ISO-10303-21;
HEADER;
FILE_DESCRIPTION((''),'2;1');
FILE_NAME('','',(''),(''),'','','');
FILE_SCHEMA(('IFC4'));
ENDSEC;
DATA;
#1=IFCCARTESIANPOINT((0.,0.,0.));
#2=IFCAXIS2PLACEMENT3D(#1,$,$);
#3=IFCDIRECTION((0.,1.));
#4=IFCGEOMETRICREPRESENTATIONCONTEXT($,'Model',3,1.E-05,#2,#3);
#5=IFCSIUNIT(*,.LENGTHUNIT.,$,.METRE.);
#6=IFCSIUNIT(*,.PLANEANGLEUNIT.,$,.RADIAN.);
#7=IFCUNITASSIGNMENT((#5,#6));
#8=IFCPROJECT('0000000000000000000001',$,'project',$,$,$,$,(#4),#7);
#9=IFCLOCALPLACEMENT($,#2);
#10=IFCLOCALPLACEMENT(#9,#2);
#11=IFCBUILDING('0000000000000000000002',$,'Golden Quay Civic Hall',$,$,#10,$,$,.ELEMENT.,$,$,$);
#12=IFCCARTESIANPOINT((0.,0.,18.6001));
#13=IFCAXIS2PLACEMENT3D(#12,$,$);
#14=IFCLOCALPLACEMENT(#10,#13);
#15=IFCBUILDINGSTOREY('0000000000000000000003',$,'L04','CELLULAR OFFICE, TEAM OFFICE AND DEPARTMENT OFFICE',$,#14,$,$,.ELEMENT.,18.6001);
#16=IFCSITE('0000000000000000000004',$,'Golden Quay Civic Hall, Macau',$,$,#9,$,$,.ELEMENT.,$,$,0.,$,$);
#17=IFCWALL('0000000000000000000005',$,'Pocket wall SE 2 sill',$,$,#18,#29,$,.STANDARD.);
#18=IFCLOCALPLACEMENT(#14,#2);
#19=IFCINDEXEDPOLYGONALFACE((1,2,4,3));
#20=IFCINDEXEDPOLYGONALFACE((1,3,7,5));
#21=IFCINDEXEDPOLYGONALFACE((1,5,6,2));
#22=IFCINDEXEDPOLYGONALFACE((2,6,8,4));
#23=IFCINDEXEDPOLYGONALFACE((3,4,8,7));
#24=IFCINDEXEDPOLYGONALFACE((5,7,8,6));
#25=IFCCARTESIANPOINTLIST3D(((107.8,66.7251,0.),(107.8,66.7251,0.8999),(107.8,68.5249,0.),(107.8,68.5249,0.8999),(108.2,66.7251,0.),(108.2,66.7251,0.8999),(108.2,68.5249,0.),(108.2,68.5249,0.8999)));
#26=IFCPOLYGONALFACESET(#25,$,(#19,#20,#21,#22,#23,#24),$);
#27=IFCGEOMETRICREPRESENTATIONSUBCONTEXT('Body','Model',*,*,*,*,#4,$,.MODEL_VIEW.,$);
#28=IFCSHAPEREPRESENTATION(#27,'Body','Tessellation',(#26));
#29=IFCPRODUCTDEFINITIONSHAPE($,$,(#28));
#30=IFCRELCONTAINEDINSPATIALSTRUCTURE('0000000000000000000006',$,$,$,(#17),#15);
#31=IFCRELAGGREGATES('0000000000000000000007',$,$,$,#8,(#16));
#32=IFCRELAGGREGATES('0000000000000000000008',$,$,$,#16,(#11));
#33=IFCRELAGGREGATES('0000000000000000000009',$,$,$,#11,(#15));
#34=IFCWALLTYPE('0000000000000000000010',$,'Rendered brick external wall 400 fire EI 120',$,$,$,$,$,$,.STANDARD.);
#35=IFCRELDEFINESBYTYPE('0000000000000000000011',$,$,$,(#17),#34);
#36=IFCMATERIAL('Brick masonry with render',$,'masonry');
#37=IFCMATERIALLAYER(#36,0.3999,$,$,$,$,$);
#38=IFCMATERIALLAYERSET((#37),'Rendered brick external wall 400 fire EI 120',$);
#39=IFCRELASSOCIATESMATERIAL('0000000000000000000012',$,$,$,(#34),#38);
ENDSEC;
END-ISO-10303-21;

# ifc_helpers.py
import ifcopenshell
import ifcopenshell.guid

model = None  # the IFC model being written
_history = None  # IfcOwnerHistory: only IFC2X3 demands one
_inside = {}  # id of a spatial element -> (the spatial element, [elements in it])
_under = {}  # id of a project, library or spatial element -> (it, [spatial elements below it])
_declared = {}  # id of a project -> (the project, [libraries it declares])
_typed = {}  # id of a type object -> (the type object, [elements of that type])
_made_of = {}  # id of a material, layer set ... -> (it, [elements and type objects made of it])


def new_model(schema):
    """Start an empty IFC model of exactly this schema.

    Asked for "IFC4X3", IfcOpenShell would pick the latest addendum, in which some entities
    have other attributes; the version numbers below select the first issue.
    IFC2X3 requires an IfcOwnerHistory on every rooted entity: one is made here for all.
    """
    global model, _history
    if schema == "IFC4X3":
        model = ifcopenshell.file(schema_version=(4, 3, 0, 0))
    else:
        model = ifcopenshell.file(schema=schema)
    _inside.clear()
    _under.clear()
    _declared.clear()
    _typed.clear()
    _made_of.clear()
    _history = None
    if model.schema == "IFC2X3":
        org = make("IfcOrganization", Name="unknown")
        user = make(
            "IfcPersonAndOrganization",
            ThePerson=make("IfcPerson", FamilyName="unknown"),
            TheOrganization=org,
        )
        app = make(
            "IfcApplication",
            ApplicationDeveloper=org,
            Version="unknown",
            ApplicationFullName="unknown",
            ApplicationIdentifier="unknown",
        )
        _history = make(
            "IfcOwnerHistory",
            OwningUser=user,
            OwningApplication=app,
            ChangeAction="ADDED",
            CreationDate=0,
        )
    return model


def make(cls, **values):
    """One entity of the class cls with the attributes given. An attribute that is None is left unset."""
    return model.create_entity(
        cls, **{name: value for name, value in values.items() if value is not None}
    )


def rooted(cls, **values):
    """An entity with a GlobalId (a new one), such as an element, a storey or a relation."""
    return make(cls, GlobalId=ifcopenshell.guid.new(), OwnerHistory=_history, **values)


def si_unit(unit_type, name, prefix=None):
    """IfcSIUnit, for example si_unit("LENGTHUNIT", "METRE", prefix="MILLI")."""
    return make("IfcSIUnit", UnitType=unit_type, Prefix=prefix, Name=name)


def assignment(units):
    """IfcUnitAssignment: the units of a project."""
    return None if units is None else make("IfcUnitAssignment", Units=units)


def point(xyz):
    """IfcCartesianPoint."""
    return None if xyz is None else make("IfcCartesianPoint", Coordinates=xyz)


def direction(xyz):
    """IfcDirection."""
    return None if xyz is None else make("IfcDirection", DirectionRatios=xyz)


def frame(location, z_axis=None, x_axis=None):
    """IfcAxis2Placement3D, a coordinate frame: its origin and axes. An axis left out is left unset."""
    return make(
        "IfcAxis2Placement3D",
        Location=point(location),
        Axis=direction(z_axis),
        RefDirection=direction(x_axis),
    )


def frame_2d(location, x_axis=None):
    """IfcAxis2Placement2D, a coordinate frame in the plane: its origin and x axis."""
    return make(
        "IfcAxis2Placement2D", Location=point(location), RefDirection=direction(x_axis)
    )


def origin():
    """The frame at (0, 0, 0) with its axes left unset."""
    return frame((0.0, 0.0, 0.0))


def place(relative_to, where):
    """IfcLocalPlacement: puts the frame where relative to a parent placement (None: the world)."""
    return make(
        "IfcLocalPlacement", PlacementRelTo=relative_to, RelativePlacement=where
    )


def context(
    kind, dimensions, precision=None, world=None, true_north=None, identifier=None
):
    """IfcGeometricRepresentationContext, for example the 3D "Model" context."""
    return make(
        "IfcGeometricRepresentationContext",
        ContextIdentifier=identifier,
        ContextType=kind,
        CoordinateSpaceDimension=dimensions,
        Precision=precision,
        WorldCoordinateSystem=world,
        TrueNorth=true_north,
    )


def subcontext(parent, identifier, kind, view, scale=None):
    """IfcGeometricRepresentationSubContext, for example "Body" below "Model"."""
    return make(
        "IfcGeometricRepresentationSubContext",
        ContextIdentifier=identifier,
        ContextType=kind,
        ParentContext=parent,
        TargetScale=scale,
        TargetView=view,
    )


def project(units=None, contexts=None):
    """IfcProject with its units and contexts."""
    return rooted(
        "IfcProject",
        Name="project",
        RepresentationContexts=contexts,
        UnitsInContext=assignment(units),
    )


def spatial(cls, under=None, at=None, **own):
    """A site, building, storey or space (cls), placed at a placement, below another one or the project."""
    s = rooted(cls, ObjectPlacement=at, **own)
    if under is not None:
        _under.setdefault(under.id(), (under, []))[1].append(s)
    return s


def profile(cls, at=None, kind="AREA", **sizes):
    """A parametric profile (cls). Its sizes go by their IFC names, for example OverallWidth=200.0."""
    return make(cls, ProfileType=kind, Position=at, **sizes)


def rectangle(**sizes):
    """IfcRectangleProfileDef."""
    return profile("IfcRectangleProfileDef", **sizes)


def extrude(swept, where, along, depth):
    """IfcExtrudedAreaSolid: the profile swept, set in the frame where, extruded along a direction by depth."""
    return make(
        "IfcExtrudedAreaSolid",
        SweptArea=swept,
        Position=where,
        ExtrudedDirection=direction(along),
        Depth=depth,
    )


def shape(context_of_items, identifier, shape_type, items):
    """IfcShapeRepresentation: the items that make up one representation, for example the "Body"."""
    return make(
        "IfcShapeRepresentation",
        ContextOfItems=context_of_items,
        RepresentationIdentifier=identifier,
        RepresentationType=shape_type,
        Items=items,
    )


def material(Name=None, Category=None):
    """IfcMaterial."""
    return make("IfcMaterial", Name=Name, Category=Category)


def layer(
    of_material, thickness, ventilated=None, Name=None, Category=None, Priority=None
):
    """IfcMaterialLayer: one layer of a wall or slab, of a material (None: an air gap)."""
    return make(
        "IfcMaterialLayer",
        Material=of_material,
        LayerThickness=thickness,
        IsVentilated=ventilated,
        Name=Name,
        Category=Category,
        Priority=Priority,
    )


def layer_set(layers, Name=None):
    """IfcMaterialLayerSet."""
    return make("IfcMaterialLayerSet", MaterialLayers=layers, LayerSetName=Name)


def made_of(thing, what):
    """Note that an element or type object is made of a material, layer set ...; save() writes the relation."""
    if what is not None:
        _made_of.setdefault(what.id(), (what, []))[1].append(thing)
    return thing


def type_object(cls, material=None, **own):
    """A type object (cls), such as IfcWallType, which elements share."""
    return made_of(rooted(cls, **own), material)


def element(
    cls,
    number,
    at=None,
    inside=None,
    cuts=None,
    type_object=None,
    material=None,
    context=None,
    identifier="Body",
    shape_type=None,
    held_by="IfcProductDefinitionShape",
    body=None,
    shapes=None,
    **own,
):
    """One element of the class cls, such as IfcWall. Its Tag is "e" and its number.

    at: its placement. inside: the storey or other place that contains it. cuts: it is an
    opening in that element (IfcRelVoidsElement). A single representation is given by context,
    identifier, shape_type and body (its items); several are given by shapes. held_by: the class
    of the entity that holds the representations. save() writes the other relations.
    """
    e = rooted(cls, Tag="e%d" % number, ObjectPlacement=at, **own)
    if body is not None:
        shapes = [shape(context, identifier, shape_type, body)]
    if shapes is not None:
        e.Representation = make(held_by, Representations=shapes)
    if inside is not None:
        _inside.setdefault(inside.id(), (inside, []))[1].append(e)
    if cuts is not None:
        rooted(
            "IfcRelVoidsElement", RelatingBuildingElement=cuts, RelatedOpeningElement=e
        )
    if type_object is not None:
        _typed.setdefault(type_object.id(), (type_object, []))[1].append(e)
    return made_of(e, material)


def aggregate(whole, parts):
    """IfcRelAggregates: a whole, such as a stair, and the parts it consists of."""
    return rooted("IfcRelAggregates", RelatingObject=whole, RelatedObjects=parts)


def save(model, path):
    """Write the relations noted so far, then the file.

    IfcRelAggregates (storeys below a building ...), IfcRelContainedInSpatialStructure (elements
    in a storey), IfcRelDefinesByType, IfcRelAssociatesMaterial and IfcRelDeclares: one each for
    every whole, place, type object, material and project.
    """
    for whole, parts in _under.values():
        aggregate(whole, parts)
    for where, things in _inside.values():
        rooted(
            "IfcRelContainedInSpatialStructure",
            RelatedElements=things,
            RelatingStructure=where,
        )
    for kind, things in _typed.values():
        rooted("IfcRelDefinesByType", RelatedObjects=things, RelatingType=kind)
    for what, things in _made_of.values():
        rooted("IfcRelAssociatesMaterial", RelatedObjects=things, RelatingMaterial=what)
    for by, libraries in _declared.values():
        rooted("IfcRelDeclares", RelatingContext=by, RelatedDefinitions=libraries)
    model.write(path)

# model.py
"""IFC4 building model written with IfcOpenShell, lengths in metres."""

from ifc_helpers import new_model, si_unit, direction, frame, frame_2d, origin, place, context, subcontext, project, spatial, rectangle, extrude, material, layer, layer_set, type_object, element, save


model = new_model("IFC4")

# Units and contexts
model_context = context("Model", 3, precision=1e-05, world=origin(), true_north=direction((0.0, 1.0)))
body_context = subcontext(model_context, "Body", "Model", "MODEL_VIEW")
ifc_project = project(units=[si_unit("LENGTHUNIT", "METRE"), si_unit("PLANEANGLEUNIT", "RADIAN")], contexts=[model_context])

# Site, building, storey
site_placement = place(None, origin())
site = spatial("IfcSite", under=ifc_project, at=site_placement, Name="Golden Quay Civic Hall, Macau", CompositionType="ELEMENT", RefElevation=0.0)
building_placement = place(site_placement, origin())
building = spatial("IfcBuilding", under=site, at=building_placement, Name="Golden Quay Civic Hall", CompositionType="ELEMENT")
storey_placement = place(building_placement, frame((0.0, 0.0, 18.6001)))
storey = spatial("IfcBuildingStorey", under=building, at=storey_placement, Name="L04", Description="CELLULAR OFFICE, TEAM OFFICE AND DEPARTMENT OFFICE", CompositionType="ELEMENT", Elevation=18.6001)

# Wall
ifc_material_1 = material(Name="Brick masonry with render", Category="masonry")
ifc_layer_1 = layer(ifc_material_1, 0.3999)
ifc_layer_set_1 = layer_set([ifc_layer_1], Name="Rendered brick external wall 400 fire EI 120")
wall_type_1 = type_object("IfcWallType", Name="Rendered brick external wall 400 fire EI 120", PredefinedType="STANDARD", material=ifc_layer_set_1)
wall_1_placement = place(storey_placement, frame((108.0, 66.7251, 0.0), z_axis=(0.0, 0.0, 1.0), x_axis=(0.0, 1.0, 0.0)))
element("IfcWall", 1, at=wall_1_placement, inside=storey, type_object=wall_type_1, Name="Pocket wall SE 2 sill", PredefinedType="STANDARD", context=body_context, shape_type="SweptSolid", body=[
    extrude(rectangle(XDim=1.7998, YDim=0.3999, at=frame_2d((0.8999, 0.0))), origin(), (0.0, 0.0, 1.0), 0.8999),
])

save(model, "model.ifc")
